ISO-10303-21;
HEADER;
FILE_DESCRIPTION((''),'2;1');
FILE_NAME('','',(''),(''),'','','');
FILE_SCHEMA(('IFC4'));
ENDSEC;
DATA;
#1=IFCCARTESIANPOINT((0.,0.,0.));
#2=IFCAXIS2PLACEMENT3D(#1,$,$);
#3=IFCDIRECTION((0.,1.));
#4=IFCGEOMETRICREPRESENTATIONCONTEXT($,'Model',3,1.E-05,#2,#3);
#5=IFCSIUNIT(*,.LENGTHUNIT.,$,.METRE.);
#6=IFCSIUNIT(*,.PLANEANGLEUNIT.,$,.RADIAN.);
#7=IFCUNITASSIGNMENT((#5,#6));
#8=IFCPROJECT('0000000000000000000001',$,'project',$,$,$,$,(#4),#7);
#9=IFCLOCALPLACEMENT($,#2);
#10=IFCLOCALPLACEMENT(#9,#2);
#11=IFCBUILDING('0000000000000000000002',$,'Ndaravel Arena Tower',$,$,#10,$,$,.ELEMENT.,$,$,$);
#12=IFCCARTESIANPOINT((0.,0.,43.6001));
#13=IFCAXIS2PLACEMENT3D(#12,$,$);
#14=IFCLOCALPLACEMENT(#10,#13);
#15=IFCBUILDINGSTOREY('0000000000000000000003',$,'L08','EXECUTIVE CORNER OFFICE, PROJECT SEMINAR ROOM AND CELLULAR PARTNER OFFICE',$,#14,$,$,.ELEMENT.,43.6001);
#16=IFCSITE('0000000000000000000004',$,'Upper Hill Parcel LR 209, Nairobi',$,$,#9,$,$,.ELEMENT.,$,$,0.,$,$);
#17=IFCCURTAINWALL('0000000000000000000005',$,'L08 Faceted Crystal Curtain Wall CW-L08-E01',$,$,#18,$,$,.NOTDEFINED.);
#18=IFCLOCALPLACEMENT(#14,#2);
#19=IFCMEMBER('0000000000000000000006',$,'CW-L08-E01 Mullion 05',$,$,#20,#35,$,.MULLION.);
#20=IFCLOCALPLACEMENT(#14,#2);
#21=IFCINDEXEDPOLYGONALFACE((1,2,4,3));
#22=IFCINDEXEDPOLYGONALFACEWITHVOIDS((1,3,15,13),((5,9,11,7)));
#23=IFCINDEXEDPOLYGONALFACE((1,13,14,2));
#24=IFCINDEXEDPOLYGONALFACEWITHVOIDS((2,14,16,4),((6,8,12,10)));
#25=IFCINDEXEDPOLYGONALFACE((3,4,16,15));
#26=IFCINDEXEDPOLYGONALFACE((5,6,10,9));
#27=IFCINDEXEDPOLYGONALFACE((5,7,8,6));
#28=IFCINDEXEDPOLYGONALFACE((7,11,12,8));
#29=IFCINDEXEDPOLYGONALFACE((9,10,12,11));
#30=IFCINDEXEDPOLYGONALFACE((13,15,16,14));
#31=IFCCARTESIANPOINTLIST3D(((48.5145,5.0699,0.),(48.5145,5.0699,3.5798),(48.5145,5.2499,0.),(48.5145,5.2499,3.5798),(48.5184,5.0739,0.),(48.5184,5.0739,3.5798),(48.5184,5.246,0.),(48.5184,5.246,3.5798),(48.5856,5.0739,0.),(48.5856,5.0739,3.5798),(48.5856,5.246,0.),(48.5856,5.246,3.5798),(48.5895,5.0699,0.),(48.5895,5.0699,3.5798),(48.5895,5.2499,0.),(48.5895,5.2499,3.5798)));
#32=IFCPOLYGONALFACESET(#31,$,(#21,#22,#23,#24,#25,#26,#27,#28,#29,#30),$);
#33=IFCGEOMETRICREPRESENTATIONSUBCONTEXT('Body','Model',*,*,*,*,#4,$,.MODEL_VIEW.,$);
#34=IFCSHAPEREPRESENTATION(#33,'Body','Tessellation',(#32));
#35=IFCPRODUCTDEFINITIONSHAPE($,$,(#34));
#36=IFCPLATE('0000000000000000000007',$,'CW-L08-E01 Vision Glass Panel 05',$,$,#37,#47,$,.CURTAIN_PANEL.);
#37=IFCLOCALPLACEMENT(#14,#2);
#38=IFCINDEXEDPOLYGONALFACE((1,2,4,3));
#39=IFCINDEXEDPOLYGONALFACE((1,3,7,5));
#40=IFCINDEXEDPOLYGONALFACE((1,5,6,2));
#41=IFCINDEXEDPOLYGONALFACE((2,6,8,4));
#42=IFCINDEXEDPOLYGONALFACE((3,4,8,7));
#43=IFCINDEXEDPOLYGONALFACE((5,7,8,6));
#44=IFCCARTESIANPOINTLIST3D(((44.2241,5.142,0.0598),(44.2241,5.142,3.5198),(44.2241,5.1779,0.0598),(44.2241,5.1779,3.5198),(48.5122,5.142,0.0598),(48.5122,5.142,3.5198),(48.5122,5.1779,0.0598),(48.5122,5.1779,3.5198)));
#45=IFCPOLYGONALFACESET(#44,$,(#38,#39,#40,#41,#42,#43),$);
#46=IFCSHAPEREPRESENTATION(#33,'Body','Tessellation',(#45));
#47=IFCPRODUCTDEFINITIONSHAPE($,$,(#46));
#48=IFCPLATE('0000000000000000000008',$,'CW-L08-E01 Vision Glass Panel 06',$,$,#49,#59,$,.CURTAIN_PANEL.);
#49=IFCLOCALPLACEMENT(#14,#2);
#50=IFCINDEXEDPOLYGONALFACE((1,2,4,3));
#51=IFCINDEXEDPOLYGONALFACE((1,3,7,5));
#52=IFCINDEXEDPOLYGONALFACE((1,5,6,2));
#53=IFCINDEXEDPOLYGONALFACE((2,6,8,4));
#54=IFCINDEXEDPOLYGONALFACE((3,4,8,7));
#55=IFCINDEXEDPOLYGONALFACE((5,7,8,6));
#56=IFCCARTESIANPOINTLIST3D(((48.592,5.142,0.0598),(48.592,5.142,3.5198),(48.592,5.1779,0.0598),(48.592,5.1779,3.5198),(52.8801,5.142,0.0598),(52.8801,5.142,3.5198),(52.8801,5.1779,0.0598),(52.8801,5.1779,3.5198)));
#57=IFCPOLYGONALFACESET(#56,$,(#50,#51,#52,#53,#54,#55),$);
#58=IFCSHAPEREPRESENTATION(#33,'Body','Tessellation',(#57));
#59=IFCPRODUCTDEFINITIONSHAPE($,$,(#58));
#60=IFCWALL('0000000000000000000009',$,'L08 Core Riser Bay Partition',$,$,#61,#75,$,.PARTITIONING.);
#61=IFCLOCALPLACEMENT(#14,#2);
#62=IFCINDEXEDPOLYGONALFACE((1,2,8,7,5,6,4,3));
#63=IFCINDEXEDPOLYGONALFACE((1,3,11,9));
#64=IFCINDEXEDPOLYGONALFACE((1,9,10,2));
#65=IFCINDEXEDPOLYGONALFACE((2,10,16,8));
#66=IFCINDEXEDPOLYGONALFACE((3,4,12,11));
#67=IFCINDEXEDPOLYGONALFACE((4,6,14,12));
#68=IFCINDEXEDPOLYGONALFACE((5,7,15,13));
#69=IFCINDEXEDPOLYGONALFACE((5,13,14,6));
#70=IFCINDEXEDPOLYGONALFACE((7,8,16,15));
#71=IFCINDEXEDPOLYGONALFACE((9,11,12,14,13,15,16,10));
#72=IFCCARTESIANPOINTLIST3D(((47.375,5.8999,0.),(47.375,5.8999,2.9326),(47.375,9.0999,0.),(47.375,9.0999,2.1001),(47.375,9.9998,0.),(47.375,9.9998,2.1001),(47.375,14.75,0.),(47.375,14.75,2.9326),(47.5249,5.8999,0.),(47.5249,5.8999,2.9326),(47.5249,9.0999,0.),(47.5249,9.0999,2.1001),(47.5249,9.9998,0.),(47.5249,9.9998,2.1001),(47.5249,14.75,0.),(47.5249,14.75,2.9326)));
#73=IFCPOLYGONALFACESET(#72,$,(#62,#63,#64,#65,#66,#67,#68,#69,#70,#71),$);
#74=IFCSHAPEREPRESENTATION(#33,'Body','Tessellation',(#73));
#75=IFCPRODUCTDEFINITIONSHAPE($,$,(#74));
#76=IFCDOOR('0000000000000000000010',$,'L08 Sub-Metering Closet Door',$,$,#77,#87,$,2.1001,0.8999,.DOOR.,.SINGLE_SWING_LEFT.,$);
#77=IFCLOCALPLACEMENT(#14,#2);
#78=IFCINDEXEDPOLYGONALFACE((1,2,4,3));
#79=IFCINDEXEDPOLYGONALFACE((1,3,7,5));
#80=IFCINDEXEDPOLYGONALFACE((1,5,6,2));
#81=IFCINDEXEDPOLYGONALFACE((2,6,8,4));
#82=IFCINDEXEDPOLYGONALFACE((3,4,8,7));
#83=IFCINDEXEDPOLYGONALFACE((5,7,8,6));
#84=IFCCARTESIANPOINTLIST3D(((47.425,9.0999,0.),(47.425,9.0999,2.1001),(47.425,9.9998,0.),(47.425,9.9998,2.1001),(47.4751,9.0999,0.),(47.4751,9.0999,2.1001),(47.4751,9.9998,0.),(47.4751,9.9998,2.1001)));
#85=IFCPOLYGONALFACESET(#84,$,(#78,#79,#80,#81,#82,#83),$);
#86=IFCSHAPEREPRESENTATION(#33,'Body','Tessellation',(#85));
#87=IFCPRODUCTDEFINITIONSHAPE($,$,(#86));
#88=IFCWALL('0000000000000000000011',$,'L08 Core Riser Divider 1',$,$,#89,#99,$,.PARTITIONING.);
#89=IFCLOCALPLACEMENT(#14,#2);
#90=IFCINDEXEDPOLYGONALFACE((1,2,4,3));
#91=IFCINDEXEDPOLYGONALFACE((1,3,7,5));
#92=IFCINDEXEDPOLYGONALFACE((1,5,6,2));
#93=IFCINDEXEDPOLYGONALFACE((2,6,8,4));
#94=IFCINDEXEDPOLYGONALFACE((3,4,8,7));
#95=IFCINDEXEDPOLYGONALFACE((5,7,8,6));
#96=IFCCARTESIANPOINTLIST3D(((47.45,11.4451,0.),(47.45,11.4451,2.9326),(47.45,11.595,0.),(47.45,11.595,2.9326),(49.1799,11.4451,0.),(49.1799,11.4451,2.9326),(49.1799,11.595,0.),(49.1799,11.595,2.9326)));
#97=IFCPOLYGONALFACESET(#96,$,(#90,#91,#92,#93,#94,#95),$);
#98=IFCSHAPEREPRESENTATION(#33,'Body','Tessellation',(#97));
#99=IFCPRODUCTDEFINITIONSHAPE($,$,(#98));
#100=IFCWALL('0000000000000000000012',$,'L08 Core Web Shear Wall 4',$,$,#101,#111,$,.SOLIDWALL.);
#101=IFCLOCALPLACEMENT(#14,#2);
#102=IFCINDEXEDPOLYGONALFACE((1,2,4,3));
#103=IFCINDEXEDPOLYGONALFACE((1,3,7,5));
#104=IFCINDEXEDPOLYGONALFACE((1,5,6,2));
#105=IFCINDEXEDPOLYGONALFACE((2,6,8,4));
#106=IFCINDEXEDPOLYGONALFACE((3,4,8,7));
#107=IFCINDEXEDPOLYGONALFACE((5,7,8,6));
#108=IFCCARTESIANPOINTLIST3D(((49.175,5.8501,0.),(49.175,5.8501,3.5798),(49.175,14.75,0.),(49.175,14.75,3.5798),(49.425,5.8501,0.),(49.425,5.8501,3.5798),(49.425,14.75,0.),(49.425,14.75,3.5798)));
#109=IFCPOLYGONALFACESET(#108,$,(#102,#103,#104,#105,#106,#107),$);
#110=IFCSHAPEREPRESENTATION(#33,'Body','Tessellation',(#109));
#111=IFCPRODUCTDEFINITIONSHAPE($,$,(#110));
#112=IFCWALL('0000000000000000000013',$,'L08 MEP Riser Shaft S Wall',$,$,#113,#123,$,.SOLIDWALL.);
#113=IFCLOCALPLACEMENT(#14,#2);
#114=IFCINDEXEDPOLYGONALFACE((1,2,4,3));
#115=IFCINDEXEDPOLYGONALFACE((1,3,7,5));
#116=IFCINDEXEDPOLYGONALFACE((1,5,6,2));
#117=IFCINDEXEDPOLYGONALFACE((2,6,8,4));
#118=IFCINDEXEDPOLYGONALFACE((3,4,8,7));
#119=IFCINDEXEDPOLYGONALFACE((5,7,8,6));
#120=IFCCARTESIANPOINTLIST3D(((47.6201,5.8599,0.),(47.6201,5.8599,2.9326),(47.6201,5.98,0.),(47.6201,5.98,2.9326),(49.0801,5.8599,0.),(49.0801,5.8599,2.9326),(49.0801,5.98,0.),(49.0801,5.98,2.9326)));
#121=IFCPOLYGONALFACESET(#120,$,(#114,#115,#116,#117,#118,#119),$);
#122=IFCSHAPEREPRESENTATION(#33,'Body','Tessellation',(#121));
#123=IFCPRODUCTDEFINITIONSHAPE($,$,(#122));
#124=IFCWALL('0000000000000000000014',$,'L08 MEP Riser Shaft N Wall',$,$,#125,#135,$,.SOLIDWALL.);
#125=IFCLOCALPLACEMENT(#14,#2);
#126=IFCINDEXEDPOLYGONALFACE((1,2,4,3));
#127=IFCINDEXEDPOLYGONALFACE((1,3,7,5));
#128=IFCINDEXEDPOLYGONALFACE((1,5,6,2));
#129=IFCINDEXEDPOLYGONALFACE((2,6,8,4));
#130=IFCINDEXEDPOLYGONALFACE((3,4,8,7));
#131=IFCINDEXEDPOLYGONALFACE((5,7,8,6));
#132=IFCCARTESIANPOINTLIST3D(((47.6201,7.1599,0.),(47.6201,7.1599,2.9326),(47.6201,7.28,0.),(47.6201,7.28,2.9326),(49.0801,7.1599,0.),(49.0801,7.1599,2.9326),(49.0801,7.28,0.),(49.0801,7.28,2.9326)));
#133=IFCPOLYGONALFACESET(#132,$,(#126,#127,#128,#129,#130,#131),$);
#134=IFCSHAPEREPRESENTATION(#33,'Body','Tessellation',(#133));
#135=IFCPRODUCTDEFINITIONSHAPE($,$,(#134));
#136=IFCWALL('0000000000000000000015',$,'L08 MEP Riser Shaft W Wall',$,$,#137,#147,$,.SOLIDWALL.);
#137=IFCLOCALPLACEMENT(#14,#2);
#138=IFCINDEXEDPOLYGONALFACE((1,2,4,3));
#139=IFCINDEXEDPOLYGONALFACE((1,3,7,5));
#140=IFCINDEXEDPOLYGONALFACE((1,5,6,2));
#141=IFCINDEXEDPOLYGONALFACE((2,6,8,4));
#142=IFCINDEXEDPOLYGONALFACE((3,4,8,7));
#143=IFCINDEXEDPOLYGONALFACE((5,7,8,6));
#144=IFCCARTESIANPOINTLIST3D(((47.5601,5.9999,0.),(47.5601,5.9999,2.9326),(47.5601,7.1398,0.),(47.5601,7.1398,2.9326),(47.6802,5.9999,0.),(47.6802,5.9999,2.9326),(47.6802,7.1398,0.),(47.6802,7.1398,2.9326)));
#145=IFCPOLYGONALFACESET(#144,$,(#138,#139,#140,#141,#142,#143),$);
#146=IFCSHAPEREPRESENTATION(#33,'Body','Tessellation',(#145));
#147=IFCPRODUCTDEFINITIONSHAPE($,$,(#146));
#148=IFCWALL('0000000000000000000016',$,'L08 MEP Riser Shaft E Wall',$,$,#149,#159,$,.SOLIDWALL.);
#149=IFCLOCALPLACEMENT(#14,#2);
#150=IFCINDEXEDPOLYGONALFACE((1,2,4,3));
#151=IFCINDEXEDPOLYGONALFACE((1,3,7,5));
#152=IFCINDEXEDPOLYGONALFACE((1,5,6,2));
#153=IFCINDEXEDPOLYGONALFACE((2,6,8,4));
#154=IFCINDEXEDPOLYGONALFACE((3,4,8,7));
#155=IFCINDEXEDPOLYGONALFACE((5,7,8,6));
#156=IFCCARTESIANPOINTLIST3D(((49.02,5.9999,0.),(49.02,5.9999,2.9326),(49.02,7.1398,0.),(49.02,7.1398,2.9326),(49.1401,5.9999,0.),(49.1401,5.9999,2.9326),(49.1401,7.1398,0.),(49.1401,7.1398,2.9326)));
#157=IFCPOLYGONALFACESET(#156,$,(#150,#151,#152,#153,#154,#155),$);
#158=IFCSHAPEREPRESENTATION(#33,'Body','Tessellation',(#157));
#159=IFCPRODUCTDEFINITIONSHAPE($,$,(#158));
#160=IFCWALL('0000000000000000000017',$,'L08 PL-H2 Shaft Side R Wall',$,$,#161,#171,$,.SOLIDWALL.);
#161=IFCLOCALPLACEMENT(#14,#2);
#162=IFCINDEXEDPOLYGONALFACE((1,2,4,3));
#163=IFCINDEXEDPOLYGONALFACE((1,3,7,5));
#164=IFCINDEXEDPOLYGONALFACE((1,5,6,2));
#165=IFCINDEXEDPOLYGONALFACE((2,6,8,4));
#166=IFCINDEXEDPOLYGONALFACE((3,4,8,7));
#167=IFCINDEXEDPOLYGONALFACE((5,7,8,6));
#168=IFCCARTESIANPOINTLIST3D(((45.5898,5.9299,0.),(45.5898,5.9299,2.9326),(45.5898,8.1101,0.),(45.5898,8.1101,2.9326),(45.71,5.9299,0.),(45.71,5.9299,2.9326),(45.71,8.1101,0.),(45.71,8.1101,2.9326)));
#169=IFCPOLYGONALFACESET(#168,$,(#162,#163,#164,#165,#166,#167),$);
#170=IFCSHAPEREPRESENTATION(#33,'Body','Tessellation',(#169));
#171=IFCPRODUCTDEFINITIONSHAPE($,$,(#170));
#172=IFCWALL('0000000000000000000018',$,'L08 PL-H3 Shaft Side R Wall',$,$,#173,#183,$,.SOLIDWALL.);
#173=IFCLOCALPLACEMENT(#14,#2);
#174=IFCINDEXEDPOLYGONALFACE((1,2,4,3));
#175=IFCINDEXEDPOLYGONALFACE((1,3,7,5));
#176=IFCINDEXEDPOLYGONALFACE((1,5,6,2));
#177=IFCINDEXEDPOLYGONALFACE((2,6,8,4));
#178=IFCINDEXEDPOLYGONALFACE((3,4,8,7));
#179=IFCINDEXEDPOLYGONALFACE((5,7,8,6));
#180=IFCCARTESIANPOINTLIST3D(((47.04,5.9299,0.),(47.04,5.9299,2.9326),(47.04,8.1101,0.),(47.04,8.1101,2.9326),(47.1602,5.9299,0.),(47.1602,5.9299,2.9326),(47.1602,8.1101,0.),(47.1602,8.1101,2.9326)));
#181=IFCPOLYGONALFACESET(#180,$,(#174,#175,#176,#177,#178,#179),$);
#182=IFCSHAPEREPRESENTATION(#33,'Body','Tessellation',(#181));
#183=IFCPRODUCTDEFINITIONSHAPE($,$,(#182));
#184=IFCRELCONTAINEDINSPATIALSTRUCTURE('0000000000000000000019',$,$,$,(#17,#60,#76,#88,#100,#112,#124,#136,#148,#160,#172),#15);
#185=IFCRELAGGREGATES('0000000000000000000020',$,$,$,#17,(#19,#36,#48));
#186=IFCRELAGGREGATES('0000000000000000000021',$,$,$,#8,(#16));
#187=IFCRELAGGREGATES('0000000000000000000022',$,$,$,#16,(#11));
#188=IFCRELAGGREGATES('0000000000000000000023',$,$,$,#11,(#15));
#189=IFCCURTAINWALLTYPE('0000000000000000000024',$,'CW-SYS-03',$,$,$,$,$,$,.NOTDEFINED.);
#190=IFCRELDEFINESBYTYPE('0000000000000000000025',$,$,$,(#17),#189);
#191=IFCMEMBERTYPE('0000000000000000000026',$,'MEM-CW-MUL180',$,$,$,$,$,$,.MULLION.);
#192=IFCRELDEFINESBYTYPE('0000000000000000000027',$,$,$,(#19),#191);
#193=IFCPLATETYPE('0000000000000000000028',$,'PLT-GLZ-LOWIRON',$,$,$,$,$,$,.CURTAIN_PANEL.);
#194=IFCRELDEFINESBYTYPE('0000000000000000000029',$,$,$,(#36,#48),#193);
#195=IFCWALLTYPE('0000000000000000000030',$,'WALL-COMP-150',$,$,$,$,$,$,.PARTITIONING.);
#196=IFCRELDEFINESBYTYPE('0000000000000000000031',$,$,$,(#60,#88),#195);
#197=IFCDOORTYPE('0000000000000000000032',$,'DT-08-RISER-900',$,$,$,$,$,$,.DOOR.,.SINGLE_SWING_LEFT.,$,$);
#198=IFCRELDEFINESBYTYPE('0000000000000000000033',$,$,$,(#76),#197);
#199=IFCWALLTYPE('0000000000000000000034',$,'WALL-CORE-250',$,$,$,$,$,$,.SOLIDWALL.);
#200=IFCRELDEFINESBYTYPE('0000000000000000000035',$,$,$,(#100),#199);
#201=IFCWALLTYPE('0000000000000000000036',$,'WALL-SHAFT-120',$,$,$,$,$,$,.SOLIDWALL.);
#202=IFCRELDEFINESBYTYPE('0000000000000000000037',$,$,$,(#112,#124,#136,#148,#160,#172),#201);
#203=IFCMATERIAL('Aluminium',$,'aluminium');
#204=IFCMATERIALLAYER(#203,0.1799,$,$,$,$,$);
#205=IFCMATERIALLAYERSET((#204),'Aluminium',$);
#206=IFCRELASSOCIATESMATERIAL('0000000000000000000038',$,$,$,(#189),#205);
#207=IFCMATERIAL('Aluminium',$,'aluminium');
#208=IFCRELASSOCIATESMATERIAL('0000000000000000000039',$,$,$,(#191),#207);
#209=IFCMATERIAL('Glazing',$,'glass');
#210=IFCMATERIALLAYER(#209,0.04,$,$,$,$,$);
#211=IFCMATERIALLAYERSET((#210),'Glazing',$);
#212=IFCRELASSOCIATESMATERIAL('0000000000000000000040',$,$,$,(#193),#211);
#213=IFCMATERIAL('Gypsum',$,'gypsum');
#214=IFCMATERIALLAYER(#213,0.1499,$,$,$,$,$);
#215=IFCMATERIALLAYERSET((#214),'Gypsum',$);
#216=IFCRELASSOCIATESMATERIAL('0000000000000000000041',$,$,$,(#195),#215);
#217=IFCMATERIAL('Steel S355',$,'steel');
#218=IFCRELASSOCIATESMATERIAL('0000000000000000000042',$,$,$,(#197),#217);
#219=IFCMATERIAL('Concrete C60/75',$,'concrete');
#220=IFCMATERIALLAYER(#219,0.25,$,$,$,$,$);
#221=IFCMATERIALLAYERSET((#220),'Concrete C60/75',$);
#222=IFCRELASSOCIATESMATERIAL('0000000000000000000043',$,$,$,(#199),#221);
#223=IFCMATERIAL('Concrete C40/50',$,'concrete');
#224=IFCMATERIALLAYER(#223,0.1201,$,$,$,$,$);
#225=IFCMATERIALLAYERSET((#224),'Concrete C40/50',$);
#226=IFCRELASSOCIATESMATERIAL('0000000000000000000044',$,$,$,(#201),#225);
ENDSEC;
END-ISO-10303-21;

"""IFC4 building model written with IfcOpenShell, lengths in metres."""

from ifc_helpers import new_model, si_unit, direction, frame, frame_2d, origin, origin_2d, place, context, subcontext, project, spatial, rectangle, hollow_rectangle, extrude, material, layer, layer_set, material_profile, profile_set, type_object, element, fill, aggregate, save


model = new_model("IFC4")

# Units and contexts
model_context = context("Model", 3, precision=1e-05, world=origin(), true_north=direction((0.0, 1.0)))
body_context = subcontext(model_context, "Body", "Model", "MODEL_VIEW")
ifc_project = project(units=[si_unit("LENGTHUNIT", "METRE"), si_unit("PLANEANGLEUNIT", "RADIAN")], contexts=[model_context])

# Site, building, storey
site_placement = place(None, origin())
site = spatial("IfcSite", under=ifc_project, at=site_placement, Name="Upper Hill Parcel LR 209, Nairobi", CompositionType="ELEMENT", RefElevation=0.0)
building_placement = place(site_placement, origin())
building = spatial("IfcBuilding", under=site, at=building_placement, Name="Ndaravel Arena Tower", CompositionType="ELEMENT")
storey_placement = place(building_placement, frame((0.0, 0.0, 43.6001)))
storey = spatial("IfcBuildingStorey", under=building, at=storey_placement, Name="L08", Description="EXECUTIVE CORNER OFFICE, PROJECT SEMINAR ROOM AND CELLULAR PARTNER OFFICE", CompositionType="ELEMENT", Elevation=43.6001)

# Curtain wall, member, plates
ifc_material_1 = material(Name="Aluminium", Category="aluminium")
ifc_layer_1 = layer(ifc_material_1, 0.1799)
ifc_layer_set_1 = layer_set([ifc_layer_1], Name="Aluminium")
curtain_wall_type = type_object("IfcCurtainWallType", Name="CW-SYS-03", PredefinedType="NOTDEFINED", material=ifc_layer_set_1)
curtain_wall_placement = place(storey_placement, origin())
curtain_wall = element("IfcCurtainWall", 1, at=curtain_wall_placement, inside=storey, type_object=curtain_wall_type, Name="L08 Faceted Crystal Curtain Wall CW-L08-E01", PredefinedType="NOTDEFINED")
ifc_material_2 = material(Name="Aluminium", Category="aluminium")
ifc_material_profile = material_profile(ifc_material_2, hollow_rectangle(XDim=0.075, YDim=0.1799, WallThickness=0.0039, at=origin_2d()), Name="CW MULLION 75x180x4")
ifc_profile_set = profile_set([ifc_material_profile], Name="Aluminium")
member_type = type_object("IfcMemberType", Name="MEM-CW-MUL180", PredefinedType="MULLION", material=ifc_profile_set)
member_placement = place(storey_placement, frame((48.552, 5.1599, 0.0), z_axis=(0.0, 0.0, 1.0), x_axis=(1.0, 0.0, 0.0)))
member = element("IfcMember", 2, at=member_placement, type_object=member_type, Name="CW-L08-E01 Mullion 05", PredefinedType="MULLION", context=body_context, shape_type="SweptSolid", body=[
    extrude(hollow_rectangle(XDim=0.075, YDim=0.1799, WallThickness=0.0039, at=origin_2d()), origin(), (0.0, 0.0, 1.0), 3.5798),
])
ifc_material_3 = material(Name="Glazing", Category="glass")
ifc_layer_2 = layer(ifc_material_3, 0.04)
ifc_layer_set_2 = layer_set([ifc_layer_2], Name="Glazing")
plate_type = type_object("IfcPlateType", Name="PLT-GLZ-LOWIRON", PredefinedType="CURTAIN_PANEL", material=ifc_layer_set_2)
plate_1_placement = place(storey_placement, frame((46.3682, 5.1599, 0.0598), z_axis=(0.0, 0.0, 1.0), x_axis=(1.0, 0.0, 0.0)))
plate_1 = element("IfcPlate", 3, at=plate_1_placement, type_object=plate_type, Name="CW-L08-E01 Vision Glass Panel 05", PredefinedType="CURTAIN_PANEL", context=body_context, shape_type="SweptSolid", body=[
    extrude(rectangle(XDim=4.2881, YDim=0.0359, at=origin_2d()), origin(), (0.0, 0.0, 1.0), 3.46),
])
plate_2_placement = place(storey_placement, frame((50.7361, 5.1599, 0.0598), z_axis=(0.0, 0.0, 1.0), x_axis=(1.0, 0.0, 0.0)))
plate_2 = element("IfcPlate", 4, at=plate_2_placement, type_object=plate_type, Name="CW-L08-E01 Vision Glass Panel 06", PredefinedType="CURTAIN_PANEL", context=body_context, shape_type="SweptSolid", body=[
    extrude(rectangle(XDim=4.2881, YDim=0.0359, at=origin_2d()), origin(), (0.0, 0.0, 1.0), 3.46),
])
aggregate(curtain_wall, [member, plate_1, plate_2])

# Wall, opening, door
ifc_material_4 = material(Name="Gypsum", Category="gypsum")
ifc_layer_3 = layer(ifc_material_4, 0.1499)
ifc_layer_set_3 = layer_set([ifc_layer_3], Name="Gypsum")
wall_type_1 = type_object("IfcWallType", Name="WALL-COMP-150", PredefinedType="PARTITIONING", material=ifc_layer_set_3)
wall_1_placement = place(storey_placement, frame((47.45, 5.8999, 0.0), z_axis=(0.0, 0.0, 1.0), x_axis=(0.0, 1.0, 0.0)))
wall_1 = element("IfcWall", 5, at=wall_1_placement, inside=storey, type_object=wall_type_1, Name="L08 Core Riser Bay Partition", PredefinedType="PARTITIONING", context=body_context, shape_type="SweptSolid", body=[
    extrude(rectangle(XDim=8.8501, YDim=0.1499, at=frame_2d((4.425, 0.0))), origin(), (0.0, 0.0, 1.0), 2.9326),
])
opening_1_placement = place(wall_1_placement, frame((3.2, 0.0, 0.0)))
opening_1 = element("IfcOpeningElement", 6, at=opening_1_placement, cuts=wall_1, PredefinedType="OPENING", context=body_context, shape_type="SweptSolid", body=[
    extrude(rectangle(XDim=0.8999, YDim=2.1001, at=frame_2d((0.45, 1.05))), frame((0.0, 0.075, 0.0), z_axis=(0.0, -1.0, 0.0), x_axis=(1.0, 0.0, 0.0)), (0.0, 0.0, 1.0), 0.1499),
])
ifc_material_5 = material(Name="Steel S355", Category="steel")
door_type_1 = type_object("IfcDoorType", Name="DT-08-RISER-900", OperationType="SINGLE_SWING_LEFT", PredefinedType="DOOR", material=ifc_material_5)
door_1_placement = place(opening_1_placement, origin())
door_1 = element("IfcDoor", 7, at=door_1_placement, inside=storey, type_object=door_type_1, Name="L08 Sub-Metering Closet Door", OperationType="SINGLE_SWING_LEFT", OverallHeight=2.1001, OverallWidth=0.8999, PredefinedType="DOOR", context=body_context, shape_type="SweptSolid", body=[
    extrude(rectangle(XDim=0.8999, YDim=2.1001, at=frame_2d((0.45, 1.05))), frame((0.0, 0.0249, 0.0), z_axis=(0.0, -1.0, 0.0), x_axis=(1.0, 0.0, 0.0)), (0.0, 0.0, 1.0), 0.05),
])
fill(opening_1, door_1)

# Walls
wall_2_placement = place(storey_placement, frame((47.45, 11.52, 0.0), z_axis=(0.0, 0.0, 1.0), x_axis=(1.0, 0.0, 0.0)))
element("IfcWall", 8, at=wall_2_placement, inside=storey, type_object=wall_type_1, Name="L08 Core Riser Divider 1", PredefinedType="PARTITIONING", context=body_context, shape_type="SweptSolid", body=[
    extrude(rectangle(XDim=1.73, YDim=0.1499, at=frame_2d((0.865, 0.0))), origin(), (0.0, 0.0, 1.0), 2.9326),
])
ifc_material_6 = material(Name="Concrete C60/75", Category="concrete")
ifc_layer_4 = layer(ifc_material_6, 0.25)
ifc_layer_set_4 = layer_set([ifc_layer_4], Name="Concrete C60/75")
wall_type_2 = type_object("IfcWallType", Name="WALL-CORE-250", PredefinedType="SOLIDWALL", material=ifc_layer_set_4)
wall_3_placement = place(storey_placement, frame((49.3, 5.8501, 0.0), z_axis=(0.0, 0.0, 1.0), x_axis=(0.0, 1.0, 0.0)))
element("IfcWall", 9, at=wall_3_placement, inside=storey, type_object=wall_type_2, Name="L08 Core Web Shear Wall 4", PredefinedType="SOLIDWALL", context=body_context, shape_type="SweptSolid", body=[
    extrude(rectangle(XDim=8.8999, YDim=0.25, at=frame_2d((4.45, 0.0))), origin(), (0.0, 0.0, 1.0), 3.5798),
])
ifc_material_7 = material(Name="Concrete C40/50", Category="concrete")
ifc_layer_5 = layer(ifc_material_7, 0.1201)
ifc_layer_set_5 = layer_set([ifc_layer_5], Name="Concrete C40/50")
wall_type_3 = type_object("IfcWallType", Name="WALL-SHAFT-120", PredefinedType="SOLIDWALL", material=ifc_layer_set_5)
for number, where, z_axis, x_axis, name in (
    (10, (47.6201, 5.9199, 0.0), (0.0, 0.0, 1.0), (1.0, 0.0, 0.0), "L08 MEP Riser Shaft S Wall"),
    (11, (47.6201, 7.22, 0.0), (0.0, 0.0, 1.0), (1.0, 0.0, 0.0), "L08 MEP Riser Shaft N Wall"),
):
    element("IfcWall", number, at=place(storey_placement, frame(where, z_axis=z_axis, x_axis=x_axis)), inside=storey, type_object=wall_type_3, Name=name, PredefinedType="SOLIDWALL", context=body_context, shape_type="SweptSolid", body=[
        extrude(rectangle(XDim=1.46, YDim=0.1201, at=frame_2d((0.73, 0.0))), origin(), (0.0, 0.0, 1.0), 2.9326),
    ])
for number, where, z_axis, x_axis, name in (
    (12, (47.6201, 6.0, 0.0), (0.0, 0.0, 1.0), (0.0, 1.0, 0.0), "L08 MEP Riser Shaft W Wall"),
    (13, (49.0801, 6.0, 0.0), (0.0, 0.0, 1.0), (0.0, 1.0, 0.0), "L08 MEP Riser Shaft E Wall"),
):
    element("IfcWall", number, at=place(storey_placement, frame(where, z_axis=z_axis, x_axis=x_axis)), inside=storey, type_object=wall_type_3, Name=name, PredefinedType="SOLIDWALL", context=body_context, shape_type="SweptSolid", body=[
        extrude(rectangle(XDim=1.1399, YDim=0.1201, at=frame_2d((0.5698, 0.0))), origin(), (0.0, 0.0, 1.0), 2.9326),
    ])
for number, where, z_axis, x_axis, name in (
    (14, (45.6499, 5.9299, 0.0), (0.0, 0.0, 1.0), (0.0, 1.0, 0.0), "L08 PL-H2 Shaft Side R Wall"),
    (15, (47.1001, 5.9299, 0.0), (0.0, 0.0, 1.0), (0.0, 1.0, 0.0), "L08 PL-H3 Shaft Side R Wall"),
):
    element("IfcWall", number, at=place(storey_placement, frame(where, z_axis=z_axis, x_axis=x_axis)), inside=storey, type_object=wall_type_3, Name=name, PredefinedType="SOLIDWALL", context=body_context, shape_type="SweptSolid", body=[
        extrude(rectangle(XDim=2.1802, YDim=0.1201, at=frame_2d((1.0901, 0.0))), origin(), (0.0, 0.0, 1.0), 2.9326),
    ])

save(model, "model.ifc")
